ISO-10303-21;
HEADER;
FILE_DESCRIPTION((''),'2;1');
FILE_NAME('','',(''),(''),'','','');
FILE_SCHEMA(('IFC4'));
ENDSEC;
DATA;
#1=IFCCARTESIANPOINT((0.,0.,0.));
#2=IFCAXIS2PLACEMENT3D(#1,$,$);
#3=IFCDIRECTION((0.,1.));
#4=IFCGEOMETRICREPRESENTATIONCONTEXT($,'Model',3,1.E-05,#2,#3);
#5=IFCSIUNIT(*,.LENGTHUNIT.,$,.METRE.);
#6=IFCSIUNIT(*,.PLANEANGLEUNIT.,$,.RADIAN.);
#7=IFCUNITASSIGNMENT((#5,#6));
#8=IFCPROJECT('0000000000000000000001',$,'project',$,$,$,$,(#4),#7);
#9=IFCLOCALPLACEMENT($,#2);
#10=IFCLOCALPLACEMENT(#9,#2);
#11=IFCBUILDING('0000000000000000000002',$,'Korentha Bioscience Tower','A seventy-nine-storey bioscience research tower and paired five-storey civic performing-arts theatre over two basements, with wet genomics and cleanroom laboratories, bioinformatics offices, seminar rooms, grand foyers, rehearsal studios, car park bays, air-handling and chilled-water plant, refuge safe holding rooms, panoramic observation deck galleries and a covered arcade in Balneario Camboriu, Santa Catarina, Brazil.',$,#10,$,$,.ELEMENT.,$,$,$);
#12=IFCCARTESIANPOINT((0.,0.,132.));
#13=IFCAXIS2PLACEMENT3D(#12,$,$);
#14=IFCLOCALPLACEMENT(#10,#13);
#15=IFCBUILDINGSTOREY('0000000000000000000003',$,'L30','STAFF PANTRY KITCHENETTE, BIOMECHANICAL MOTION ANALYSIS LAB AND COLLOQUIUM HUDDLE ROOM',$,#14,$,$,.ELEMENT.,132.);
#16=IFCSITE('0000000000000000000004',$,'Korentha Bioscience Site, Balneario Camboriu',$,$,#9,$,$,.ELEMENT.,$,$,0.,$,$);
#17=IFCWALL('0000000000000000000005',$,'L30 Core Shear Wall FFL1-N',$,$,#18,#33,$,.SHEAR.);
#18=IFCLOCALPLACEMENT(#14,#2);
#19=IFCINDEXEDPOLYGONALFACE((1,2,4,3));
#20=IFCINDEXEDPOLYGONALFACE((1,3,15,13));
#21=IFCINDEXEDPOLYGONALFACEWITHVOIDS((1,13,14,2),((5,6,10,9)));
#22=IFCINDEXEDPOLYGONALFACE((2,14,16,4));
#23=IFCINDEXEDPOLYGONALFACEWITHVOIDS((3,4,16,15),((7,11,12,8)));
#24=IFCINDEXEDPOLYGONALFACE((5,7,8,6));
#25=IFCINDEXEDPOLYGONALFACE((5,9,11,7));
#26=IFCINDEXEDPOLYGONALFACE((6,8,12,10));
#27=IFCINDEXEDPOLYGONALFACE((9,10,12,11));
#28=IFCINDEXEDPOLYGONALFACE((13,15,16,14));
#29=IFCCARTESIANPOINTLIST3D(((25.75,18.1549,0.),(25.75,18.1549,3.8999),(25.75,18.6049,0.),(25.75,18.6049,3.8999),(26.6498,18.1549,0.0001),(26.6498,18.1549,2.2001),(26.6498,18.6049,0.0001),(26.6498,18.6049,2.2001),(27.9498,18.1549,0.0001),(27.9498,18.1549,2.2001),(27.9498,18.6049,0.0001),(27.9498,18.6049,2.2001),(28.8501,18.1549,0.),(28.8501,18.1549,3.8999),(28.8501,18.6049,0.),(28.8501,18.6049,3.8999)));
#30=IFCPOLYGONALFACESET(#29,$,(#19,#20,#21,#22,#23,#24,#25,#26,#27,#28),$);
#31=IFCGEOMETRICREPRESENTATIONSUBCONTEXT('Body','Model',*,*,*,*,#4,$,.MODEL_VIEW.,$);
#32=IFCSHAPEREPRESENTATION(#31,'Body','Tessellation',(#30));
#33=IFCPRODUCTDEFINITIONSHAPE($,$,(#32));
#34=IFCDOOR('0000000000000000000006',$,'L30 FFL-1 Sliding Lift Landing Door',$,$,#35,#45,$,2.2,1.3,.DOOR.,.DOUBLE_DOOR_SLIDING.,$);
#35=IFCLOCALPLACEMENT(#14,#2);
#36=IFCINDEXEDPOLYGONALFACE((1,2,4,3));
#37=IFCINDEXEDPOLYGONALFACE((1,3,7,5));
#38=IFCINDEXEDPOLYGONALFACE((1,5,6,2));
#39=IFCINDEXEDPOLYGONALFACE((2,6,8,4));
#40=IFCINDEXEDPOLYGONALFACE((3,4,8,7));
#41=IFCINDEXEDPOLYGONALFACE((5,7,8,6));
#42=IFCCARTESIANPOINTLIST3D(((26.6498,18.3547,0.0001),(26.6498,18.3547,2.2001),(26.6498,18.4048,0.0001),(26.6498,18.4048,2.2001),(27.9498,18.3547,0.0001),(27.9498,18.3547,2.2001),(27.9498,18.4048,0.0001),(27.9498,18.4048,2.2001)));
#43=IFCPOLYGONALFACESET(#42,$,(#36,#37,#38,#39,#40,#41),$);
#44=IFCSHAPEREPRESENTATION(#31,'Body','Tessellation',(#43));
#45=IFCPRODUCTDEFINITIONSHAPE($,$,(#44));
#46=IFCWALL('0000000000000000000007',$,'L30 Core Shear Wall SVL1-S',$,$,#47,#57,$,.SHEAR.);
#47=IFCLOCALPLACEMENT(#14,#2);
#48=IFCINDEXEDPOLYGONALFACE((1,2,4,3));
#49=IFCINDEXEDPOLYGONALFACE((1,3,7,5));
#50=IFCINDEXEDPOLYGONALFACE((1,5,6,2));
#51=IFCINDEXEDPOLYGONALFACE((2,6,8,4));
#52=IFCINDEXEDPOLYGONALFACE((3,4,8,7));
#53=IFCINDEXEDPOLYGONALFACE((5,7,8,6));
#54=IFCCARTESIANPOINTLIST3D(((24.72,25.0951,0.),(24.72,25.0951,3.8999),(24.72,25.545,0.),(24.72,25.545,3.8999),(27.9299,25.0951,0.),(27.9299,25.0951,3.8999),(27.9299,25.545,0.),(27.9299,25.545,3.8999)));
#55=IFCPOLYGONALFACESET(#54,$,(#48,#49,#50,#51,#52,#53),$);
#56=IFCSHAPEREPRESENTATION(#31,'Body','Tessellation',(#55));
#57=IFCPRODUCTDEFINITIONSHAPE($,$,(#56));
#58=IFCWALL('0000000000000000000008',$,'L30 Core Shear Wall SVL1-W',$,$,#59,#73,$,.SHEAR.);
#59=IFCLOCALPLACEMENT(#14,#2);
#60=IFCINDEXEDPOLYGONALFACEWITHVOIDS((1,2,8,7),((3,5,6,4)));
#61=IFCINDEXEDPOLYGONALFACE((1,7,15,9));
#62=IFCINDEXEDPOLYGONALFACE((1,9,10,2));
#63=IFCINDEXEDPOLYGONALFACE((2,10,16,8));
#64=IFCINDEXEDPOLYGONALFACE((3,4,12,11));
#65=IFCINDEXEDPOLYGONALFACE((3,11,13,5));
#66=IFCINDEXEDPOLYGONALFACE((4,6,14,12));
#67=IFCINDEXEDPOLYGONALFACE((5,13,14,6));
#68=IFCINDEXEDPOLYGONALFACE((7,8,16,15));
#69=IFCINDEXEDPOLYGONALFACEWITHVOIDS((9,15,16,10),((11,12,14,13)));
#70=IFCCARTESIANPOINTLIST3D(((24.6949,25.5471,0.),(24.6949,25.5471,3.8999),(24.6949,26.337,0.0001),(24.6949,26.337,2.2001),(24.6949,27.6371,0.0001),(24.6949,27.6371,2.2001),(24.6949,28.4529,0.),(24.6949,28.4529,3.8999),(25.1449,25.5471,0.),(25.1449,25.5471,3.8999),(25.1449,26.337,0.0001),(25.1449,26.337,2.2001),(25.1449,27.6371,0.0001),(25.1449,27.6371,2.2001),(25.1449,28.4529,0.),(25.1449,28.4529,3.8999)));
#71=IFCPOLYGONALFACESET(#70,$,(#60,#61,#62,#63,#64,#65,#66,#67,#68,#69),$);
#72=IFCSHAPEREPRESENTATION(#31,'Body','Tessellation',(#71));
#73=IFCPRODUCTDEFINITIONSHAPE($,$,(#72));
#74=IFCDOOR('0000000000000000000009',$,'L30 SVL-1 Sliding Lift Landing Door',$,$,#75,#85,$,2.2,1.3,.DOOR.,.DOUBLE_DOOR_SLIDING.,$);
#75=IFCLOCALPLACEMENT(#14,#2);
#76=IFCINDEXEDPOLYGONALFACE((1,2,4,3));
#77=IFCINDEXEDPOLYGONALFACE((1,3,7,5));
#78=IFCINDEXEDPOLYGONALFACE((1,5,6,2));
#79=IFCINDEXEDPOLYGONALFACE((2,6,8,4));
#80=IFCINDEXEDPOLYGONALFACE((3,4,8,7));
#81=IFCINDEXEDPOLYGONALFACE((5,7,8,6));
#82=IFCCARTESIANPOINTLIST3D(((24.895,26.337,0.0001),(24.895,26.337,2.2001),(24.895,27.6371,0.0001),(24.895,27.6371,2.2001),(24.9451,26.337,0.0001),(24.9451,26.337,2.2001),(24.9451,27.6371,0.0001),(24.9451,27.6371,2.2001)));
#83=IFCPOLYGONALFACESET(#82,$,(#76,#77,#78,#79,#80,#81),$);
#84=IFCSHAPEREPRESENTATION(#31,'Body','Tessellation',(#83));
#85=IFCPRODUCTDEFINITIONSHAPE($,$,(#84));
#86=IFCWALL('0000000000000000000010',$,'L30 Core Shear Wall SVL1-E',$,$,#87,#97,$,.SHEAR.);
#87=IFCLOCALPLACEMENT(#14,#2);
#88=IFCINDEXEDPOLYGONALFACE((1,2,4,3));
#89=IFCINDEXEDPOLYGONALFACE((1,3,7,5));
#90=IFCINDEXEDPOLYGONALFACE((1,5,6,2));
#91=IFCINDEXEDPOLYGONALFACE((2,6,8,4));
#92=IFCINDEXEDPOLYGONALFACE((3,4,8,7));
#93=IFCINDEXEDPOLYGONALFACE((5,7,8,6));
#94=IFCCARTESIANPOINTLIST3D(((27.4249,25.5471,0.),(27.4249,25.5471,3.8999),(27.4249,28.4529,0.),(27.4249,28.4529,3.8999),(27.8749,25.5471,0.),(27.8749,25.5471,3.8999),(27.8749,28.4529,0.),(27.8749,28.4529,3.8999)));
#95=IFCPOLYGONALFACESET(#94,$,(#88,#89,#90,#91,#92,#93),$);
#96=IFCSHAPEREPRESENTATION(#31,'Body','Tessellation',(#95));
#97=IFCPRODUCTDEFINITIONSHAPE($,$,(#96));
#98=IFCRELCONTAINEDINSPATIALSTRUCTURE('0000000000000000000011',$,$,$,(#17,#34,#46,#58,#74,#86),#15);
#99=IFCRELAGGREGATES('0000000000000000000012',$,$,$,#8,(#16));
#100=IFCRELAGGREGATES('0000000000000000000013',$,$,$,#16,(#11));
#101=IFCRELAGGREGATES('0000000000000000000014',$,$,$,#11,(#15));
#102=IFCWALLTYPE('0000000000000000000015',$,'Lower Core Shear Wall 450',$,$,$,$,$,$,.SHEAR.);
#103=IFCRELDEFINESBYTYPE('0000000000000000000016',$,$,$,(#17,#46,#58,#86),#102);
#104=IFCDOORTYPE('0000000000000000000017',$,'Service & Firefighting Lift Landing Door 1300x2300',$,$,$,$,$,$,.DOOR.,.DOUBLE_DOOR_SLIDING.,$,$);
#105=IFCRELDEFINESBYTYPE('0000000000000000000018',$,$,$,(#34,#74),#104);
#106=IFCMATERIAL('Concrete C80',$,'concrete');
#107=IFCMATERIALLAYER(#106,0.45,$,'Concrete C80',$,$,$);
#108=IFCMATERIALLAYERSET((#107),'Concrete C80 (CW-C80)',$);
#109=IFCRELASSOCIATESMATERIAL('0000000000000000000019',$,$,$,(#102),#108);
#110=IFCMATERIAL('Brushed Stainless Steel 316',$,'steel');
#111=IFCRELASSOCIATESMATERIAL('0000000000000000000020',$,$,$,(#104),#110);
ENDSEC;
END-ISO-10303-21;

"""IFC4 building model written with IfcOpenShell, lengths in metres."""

from ifc_helpers import new_model, si_unit, direction, frame, frame_2d, origin, place, context, subcontext, project, spatial, rectangle, extrude, material, layer, layer_set, type_object, element, fill, save


model = new_model("IFC4")

# Units and contexts
model_context = context("Model", 3, precision=1e-05, world=origin(), true_north=direction((0.0, 1.0)))
body_context = subcontext(model_context, "Body", "Model", "MODEL_VIEW")
ifc_project = project(units=[si_unit("LENGTHUNIT", "METRE"), si_unit("PLANEANGLEUNIT", "RADIAN")], contexts=[model_context])

# Site, building, storey
site_placement = place(None, origin())
site = spatial("IfcSite", under=ifc_project, at=site_placement, Name="Korentha Bioscience Site, Balneario Camboriu", CompositionType="ELEMENT", RefElevation=0.0)
building_placement = place(site_placement, origin())
building = spatial("IfcBuilding", under=site, at=building_placement, Name="Korentha Bioscience Tower", Description="A seventy-nine-storey bioscience research tower and paired five-storey civic performing-arts theatre over two basements, with wet genomics and cleanroom laboratories, bioinformatics offices, seminar rooms, grand foyers, rehearsal studios, car park bays, air-handling and chilled-water plant, refuge safe holding rooms, panoramic observation deck galleries and a covered arcade in Balneario Camboriu, Santa Catarina, Brazil.", CompositionType="ELEMENT")
storey_placement = place(building_placement, frame((0.0, 0.0, 132.0)))
storey = spatial("IfcBuildingStorey", under=building, at=storey_placement, Name="L30", Description="STAFF PANTRY KITCHENETTE, BIOMECHANICAL MOTION ANALYSIS LAB AND COLLOQUIUM HUDDLE ROOM", CompositionType="ELEMENT", Elevation=132.0)

# Shared definitions
ifc_material_1 = material(Name="Concrete C80", Category="concrete")

# Shared definitions
ifc_layer_1 = layer(ifc_material_1, 0.45, Name="Concrete C80")
ifc_layer_set_1 = layer_set([ifc_layer_1], Name="Concrete C80 (CW-C80)")
wall_type_1 = type_object("IfcWallType", Name="Lower Core Shear Wall 450", PredefinedType="SHEAR", material=ifc_layer_set_1)

# Wall, opening, door
wall_1_placement = place(storey_placement, frame((25.75, 18.3799, 0.0), z_axis=(0.0, 0.0, 1.0), x_axis=(1.0, 0.0, 0.0)))
wall_1 = element("IfcWall", 1, at=wall_1_placement, inside=storey, type_object=wall_type_1, Name="L30 Core Shear Wall FFL1-N", PredefinedType="SHEAR", context=body_context, shape_type="SweptSolid", body=[
    extrude(rectangle(XDim=3.1001, YDim=0.45, at=frame_2d((1.55, 0.0))), origin(), (0.0, 0.0, 1.0), 3.8999),
])
opening_1_placement = place(wall_1_placement, frame((0.8999, 0.0, 0.0)))
opening_1 = element("IfcOpeningElement", 2, at=opening_1_placement, cuts=wall_1, PredefinedType="OPENING", context=body_context, shape_type="SweptSolid", body=[
    extrude(rectangle(XDim=1.3, YDim=2.2, at=frame_2d((0.6499, 1.1001))), frame((0.0, 0.2397, 0.0), z_axis=(0.0, -1.0, 0.0), x_axis=(1.0, 0.0, 0.0)), (0.0, 0.0, 1.0), 0.4797),
])
ifc_material_2 = material(Name="Brushed Stainless Steel 316", Category="steel")
door_type_1 = type_object("IfcDoorType", Name="Service & Firefighting Lift Landing Door 1300x2300", OperationType="DOUBLE_DOOR_SLIDING", PredefinedType="DOOR", material=ifc_material_2)
door_1_placement = place(opening_1_placement, origin())
door_1 = element("IfcDoor", 3, at=door_1_placement, inside=storey, type_object=door_type_1, Name="L30 FFL-1 Sliding Lift Landing Door", OperationType="DOUBLE_DOOR_SLIDING", OverallHeight=2.2, OverallWidth=1.3, PredefinedType="DOOR", context=body_context, shape_type="SweptSolid", body=[
    extrude(rectangle(XDim=1.3, YDim=2.2, at=frame_2d((0.6499, 1.1001))), frame((0.0, 0.0249, 0.0), z_axis=(0.0, -1.0, 0.0), x_axis=(1.0, 0.0, 0.0)), (0.0, 0.0, 1.0), 0.05),
])
fill(opening_1, door_1)

# Wall
wall_2_placement = place(storey_placement, frame((24.72, 25.3201, 0.0), z_axis=(0.0, 0.0, 1.0), x_axis=(1.0, 0.0, 0.0)))
element("IfcWall", 4, at=wall_2_placement, inside=storey, type_object=wall_type_1, Name="L30 Core Shear Wall SVL1-S", PredefinedType="SHEAR", context=body_context, shape_type="SweptSolid", body=[
    extrude(rectangle(XDim=3.21, YDim=0.45, at=frame_2d((1.605, 0.0))), origin(), (0.0, 0.0, 1.0), 3.8999),
])

# Wall, opening, door
wall_3_placement = place(storey_placement, frame((24.9199, 25.5471, 0.0), z_axis=(0.0, 0.0, 1.0), x_axis=(0.0, 1.0, 0.0)))
wall_3 = element("IfcWall", 5, at=wall_3_placement, inside=storey, type_object=wall_type_1, Name="L30 Core Shear Wall SVL1-W", PredefinedType="SHEAR", context=body_context, shape_type="SweptSolid", body=[
    extrude(rectangle(XDim=2.9058, YDim=0.45, at=frame_2d((1.4529, 0.0))), origin(), (0.0, 0.0, 1.0), 3.8999),
])
opening_2_placement = place(wall_3_placement, frame((0.79, 0.0, 0.0)))
opening_2 = element("IfcOpeningElement", 6, at=opening_2_placement, cuts=wall_3, PredefinedType="OPENING", context=body_context, shape_type="SweptSolid", body=[
    extrude(rectangle(XDim=1.3, YDim=2.2, at=frame_2d((0.6499, 1.1001))), frame((0.0, 0.2397, 0.0), z_axis=(0.0, -1.0, 0.0), x_axis=(1.0, 0.0, 0.0)), (0.0, 0.0, 1.0), 0.4797),
])
door_2_placement = place(opening_2_placement, origin())
door_2 = element("IfcDoor", 7, at=door_2_placement, inside=storey, type_object=door_type_1, Name="L30 SVL-1 Sliding Lift Landing Door", OperationType="DOUBLE_DOOR_SLIDING", OverallHeight=2.2, OverallWidth=1.3, PredefinedType="DOOR", context=body_context, shape_type="SweptSolid", body=[
    extrude(rectangle(XDim=1.3, YDim=2.2, at=frame_2d((0.6499, 1.1001))), frame((0.0, 0.0249, 0.0), z_axis=(0.0, -1.0, 0.0), x_axis=(1.0, 0.0, 0.0)), (0.0, 0.0, 1.0), 0.05),
])
fill(opening_2, door_2)

# Wall
wall_4_placement = place(storey_placement, frame((27.6499, 25.5471, 0.0), z_axis=(0.0, 0.0, 1.0), x_axis=(0.0, 1.0, 0.0)))
element("IfcWall", 8, at=wall_4_placement, inside=storey, type_object=wall_type_1, Name="L30 Core Shear Wall SVL1-E", PredefinedType="SHEAR", context=body_context, shape_type="SweptSolid", body=[
    extrude(rectangle(XDim=2.9058, YDim=0.45, at=frame_2d((1.4529, 0.0))), origin(), (0.0, 0.0, 1.0), 3.8999),
])

save(model, "model.ifc")
